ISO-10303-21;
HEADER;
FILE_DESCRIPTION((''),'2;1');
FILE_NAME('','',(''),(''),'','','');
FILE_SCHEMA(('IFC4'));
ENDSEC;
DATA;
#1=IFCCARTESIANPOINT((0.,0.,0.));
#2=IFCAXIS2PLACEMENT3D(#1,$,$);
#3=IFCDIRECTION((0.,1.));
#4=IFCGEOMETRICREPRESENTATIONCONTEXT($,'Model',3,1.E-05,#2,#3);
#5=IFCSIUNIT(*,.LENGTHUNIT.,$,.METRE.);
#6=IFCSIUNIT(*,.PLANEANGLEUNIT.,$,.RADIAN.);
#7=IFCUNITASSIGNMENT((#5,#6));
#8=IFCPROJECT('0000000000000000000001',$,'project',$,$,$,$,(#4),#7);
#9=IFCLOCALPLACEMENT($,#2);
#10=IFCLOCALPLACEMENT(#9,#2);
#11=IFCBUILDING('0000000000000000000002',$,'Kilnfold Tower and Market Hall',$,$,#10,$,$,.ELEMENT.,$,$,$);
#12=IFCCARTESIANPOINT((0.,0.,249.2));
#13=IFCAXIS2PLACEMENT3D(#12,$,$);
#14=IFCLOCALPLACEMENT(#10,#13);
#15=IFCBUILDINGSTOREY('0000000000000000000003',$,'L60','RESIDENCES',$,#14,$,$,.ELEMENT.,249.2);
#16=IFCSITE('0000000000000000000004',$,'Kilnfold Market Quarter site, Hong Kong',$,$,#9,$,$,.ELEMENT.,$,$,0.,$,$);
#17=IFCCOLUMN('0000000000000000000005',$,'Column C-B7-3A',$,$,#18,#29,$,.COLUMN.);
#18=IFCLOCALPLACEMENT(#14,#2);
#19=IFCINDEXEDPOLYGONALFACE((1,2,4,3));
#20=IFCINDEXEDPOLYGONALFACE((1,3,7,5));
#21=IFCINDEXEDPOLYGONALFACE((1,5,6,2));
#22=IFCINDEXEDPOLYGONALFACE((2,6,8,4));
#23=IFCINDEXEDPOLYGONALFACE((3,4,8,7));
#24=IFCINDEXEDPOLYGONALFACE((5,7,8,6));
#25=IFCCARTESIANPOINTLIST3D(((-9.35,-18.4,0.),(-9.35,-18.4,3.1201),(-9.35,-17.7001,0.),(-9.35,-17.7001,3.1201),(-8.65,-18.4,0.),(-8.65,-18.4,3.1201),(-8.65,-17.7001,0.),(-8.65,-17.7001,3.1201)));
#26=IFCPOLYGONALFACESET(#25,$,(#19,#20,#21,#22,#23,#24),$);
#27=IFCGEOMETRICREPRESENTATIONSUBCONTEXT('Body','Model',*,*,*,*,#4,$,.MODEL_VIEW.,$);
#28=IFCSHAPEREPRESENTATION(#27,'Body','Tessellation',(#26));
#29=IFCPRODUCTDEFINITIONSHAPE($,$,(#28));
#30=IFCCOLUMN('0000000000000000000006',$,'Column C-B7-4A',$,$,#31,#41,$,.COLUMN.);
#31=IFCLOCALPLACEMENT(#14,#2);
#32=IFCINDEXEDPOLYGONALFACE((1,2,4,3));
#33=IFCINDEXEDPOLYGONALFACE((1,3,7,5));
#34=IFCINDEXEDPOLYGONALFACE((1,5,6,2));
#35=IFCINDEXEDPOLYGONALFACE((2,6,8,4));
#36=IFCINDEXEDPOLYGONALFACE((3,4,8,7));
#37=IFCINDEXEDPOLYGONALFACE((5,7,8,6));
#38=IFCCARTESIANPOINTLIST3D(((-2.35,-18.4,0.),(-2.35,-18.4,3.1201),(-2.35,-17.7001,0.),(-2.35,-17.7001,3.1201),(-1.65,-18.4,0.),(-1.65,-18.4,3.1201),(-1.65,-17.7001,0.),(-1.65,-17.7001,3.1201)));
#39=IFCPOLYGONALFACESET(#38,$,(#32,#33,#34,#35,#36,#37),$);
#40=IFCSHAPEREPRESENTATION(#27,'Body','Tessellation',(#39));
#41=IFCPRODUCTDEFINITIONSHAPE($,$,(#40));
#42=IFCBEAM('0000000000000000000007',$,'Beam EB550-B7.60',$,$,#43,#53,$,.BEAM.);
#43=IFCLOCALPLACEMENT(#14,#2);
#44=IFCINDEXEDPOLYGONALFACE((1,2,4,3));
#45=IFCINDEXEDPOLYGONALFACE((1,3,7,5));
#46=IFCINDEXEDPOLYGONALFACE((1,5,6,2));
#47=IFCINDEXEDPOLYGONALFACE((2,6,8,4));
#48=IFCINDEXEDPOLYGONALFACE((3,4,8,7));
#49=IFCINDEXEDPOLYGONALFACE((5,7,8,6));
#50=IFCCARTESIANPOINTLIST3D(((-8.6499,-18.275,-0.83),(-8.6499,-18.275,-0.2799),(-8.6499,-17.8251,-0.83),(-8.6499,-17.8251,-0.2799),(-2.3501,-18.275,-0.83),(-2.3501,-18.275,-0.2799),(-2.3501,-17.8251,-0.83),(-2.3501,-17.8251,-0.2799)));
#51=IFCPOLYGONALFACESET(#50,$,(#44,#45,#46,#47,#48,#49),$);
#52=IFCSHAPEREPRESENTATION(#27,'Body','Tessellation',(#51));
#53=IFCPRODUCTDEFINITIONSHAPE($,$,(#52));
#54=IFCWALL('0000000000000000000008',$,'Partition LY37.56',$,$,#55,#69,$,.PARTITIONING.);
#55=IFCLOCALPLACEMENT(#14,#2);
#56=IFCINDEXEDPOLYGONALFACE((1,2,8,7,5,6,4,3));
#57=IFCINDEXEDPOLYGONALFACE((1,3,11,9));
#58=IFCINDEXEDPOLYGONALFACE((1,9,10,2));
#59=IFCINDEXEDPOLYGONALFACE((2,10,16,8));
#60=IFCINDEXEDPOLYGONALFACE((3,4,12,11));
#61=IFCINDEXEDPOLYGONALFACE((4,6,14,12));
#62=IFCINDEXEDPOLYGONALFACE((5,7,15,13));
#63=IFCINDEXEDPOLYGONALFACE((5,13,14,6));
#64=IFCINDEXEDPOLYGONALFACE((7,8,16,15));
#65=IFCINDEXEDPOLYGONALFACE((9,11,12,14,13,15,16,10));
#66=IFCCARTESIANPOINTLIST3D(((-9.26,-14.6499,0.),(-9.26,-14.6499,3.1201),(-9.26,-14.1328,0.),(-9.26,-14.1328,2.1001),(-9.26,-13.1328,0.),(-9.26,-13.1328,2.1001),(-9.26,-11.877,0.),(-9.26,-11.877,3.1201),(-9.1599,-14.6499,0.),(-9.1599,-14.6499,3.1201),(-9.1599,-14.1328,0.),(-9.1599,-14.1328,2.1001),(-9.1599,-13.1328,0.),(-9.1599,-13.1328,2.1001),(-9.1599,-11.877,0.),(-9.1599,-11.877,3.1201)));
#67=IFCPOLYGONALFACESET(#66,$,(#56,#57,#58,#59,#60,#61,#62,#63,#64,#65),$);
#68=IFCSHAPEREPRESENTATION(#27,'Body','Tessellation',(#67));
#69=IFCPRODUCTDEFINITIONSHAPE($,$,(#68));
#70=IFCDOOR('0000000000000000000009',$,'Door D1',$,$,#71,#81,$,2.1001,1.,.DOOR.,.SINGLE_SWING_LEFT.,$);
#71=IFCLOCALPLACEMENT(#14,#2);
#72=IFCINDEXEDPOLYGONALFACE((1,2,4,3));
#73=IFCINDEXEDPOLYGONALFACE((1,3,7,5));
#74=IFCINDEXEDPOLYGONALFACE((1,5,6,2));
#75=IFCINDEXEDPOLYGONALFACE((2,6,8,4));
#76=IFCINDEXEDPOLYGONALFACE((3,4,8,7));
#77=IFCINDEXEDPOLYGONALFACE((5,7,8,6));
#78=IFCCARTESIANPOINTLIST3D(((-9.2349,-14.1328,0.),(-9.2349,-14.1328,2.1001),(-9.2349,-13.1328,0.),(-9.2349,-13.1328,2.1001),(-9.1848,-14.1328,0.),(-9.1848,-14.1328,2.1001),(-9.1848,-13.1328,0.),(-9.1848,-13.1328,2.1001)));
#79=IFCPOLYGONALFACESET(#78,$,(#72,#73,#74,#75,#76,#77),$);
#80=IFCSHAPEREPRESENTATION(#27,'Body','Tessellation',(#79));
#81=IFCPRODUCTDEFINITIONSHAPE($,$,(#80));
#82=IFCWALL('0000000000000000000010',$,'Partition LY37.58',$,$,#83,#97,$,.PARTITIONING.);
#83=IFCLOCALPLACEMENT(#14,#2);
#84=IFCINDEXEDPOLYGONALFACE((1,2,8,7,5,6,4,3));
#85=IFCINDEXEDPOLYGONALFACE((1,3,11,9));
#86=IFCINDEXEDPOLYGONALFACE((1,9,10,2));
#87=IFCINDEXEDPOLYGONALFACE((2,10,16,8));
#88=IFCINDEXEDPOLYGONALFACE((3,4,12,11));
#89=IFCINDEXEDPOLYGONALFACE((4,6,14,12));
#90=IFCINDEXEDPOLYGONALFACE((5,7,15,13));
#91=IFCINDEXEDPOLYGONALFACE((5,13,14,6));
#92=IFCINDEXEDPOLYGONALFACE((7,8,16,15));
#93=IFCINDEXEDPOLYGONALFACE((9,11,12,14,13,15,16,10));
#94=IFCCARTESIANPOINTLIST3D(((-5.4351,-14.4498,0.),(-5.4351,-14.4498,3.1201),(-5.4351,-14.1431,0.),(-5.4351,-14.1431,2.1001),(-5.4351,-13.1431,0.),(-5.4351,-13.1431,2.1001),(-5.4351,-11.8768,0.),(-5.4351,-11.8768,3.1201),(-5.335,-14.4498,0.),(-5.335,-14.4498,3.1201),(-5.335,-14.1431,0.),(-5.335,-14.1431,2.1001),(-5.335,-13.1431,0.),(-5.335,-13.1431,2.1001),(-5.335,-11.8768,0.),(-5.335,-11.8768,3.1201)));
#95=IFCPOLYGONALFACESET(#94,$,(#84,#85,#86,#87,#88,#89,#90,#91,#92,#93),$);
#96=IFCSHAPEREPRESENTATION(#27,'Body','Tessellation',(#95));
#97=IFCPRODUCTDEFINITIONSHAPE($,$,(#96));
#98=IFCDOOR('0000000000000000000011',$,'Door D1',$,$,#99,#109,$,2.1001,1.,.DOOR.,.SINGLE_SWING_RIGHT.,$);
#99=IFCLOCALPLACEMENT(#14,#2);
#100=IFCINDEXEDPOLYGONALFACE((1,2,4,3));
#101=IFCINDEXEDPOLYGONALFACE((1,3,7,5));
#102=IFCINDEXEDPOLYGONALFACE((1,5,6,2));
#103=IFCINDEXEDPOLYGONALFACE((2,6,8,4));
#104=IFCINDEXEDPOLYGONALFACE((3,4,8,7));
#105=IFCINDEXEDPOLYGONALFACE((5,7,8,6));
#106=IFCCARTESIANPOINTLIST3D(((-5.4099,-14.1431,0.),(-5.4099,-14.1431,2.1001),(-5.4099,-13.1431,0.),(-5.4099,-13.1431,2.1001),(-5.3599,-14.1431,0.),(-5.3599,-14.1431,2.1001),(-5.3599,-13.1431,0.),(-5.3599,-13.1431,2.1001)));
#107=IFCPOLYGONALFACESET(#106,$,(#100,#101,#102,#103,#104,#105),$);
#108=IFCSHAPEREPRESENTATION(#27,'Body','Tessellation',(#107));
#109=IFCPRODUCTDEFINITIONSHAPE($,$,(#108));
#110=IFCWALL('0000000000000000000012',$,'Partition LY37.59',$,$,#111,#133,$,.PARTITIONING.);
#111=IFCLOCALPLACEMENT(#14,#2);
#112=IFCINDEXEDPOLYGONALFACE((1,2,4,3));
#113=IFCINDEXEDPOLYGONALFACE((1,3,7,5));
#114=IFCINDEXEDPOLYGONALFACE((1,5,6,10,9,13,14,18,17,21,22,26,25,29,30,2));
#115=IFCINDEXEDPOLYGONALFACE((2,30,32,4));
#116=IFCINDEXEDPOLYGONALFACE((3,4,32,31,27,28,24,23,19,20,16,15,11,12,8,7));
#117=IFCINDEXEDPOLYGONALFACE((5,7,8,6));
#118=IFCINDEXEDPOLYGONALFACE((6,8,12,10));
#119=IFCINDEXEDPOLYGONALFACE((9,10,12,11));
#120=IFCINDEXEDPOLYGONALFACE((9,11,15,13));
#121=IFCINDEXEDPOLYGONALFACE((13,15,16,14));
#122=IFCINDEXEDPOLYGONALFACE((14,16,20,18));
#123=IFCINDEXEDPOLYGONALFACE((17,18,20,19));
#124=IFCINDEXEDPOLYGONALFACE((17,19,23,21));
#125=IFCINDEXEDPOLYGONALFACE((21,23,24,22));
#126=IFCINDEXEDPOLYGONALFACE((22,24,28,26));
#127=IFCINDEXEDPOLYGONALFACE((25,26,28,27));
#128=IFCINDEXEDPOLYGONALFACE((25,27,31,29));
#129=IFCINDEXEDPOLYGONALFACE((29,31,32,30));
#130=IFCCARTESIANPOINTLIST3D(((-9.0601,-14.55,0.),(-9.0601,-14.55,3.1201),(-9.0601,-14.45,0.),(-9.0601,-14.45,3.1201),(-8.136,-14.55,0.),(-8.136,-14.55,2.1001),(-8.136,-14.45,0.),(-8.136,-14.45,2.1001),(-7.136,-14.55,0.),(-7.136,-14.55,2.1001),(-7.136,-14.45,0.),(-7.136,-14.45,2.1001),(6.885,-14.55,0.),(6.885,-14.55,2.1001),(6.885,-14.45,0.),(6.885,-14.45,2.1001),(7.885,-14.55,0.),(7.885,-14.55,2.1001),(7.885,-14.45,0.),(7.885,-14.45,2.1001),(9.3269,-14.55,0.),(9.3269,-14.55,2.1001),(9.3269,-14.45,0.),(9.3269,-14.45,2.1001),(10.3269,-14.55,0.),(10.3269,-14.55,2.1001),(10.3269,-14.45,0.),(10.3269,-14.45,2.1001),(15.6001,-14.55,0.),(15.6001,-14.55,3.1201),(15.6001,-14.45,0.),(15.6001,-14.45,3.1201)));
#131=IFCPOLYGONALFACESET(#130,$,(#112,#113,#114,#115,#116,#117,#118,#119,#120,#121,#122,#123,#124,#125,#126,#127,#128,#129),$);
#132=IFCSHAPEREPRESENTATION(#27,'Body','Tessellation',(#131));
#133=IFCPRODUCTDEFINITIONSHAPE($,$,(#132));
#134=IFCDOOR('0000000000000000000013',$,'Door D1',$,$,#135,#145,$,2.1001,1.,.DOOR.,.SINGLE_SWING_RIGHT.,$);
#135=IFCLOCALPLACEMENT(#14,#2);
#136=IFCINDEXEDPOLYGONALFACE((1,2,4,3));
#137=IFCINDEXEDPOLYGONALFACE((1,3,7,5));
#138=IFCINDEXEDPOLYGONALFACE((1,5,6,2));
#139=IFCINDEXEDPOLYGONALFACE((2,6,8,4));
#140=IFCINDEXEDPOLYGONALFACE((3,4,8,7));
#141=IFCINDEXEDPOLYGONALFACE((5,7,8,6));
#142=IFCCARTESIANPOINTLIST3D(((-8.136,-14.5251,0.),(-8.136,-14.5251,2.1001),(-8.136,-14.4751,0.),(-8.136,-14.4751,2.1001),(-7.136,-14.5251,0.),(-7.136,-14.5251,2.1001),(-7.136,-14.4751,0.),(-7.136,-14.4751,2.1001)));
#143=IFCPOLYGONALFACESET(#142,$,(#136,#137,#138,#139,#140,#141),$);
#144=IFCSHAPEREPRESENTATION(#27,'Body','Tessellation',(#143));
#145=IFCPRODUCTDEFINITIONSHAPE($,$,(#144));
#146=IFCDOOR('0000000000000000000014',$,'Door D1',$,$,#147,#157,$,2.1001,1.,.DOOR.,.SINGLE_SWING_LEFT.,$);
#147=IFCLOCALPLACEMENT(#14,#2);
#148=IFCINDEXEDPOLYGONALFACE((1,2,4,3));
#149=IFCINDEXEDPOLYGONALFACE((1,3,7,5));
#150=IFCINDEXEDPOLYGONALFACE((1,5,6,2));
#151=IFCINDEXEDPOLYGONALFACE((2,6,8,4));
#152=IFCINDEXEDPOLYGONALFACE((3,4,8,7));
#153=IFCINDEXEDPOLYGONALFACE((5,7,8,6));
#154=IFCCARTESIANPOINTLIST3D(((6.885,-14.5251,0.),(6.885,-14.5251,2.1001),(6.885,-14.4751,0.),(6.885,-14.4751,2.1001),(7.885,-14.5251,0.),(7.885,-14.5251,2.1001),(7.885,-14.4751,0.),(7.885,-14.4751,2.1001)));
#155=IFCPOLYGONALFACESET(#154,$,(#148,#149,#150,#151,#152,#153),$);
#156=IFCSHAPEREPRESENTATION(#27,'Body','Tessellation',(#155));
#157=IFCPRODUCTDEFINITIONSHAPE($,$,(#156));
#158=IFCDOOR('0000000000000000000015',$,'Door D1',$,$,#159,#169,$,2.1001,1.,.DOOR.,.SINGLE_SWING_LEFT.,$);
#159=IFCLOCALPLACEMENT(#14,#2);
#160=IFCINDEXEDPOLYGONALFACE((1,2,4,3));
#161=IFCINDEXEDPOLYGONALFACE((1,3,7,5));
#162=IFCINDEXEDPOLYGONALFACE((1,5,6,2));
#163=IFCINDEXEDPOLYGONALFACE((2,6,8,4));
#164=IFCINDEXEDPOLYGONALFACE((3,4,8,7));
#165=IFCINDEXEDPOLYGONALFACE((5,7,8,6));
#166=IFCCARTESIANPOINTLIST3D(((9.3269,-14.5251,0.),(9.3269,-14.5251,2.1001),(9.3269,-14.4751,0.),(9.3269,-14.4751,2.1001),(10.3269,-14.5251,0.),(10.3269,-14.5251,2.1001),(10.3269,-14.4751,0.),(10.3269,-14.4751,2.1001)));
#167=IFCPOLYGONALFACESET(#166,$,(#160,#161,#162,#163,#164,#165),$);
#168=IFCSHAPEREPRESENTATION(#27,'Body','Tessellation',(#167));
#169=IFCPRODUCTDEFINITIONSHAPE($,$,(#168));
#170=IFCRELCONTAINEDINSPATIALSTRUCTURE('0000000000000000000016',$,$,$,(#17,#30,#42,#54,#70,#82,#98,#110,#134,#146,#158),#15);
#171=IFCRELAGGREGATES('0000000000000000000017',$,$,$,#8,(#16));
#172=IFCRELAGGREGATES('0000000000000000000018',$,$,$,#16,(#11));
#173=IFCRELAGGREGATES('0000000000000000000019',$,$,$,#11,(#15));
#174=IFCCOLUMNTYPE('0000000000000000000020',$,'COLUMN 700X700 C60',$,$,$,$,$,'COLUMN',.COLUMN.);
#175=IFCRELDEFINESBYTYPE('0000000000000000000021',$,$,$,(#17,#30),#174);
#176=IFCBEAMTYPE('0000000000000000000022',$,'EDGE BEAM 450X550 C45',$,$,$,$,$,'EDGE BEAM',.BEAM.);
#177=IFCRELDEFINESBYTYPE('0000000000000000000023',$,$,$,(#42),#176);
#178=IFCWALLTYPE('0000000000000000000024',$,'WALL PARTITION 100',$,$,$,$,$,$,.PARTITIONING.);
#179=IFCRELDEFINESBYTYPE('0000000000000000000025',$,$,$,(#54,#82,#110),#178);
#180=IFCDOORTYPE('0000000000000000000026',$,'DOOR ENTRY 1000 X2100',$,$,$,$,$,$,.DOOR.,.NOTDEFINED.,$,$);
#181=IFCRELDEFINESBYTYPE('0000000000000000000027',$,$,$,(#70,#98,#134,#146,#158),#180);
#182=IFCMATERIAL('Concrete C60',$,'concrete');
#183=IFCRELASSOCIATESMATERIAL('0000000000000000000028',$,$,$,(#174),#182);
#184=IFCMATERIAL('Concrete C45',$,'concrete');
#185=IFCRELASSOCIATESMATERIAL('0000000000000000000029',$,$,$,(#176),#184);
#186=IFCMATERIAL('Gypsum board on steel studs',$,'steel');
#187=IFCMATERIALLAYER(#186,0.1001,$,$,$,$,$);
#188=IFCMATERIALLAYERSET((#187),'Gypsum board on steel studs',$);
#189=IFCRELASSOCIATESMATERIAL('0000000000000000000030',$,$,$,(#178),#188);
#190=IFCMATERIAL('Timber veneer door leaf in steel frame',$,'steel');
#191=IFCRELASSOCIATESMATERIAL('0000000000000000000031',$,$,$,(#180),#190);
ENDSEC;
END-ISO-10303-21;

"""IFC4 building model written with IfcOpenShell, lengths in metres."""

from ifc_helpers import new_model, si_unit, direction, frame, frame_2d, origin, origin_2d, place, context, subcontext, project, spatial, rectangle, extrude, source, transform, mapped, material, layer, layer_set, material_profile, profile_set, type_object, element, fill, save


model = new_model("IFC4")

# Units and contexts
model_context = context("Model", 3, precision=1e-05, world=origin(), true_north=direction((0.0, 1.0)))
body_context = subcontext(model_context, "Body", "Model", "MODEL_VIEW")
ifc_project = project(units=[si_unit("LENGTHUNIT", "METRE"), si_unit("PLANEANGLEUNIT", "RADIAN")], contexts=[model_context])

# Site, building, storey
site_placement = place(None, origin())
site = spatial("IfcSite", under=ifc_project, at=site_placement, Name="Kilnfold Market Quarter site, Hong Kong", CompositionType="ELEMENT", RefElevation=0.0)
building_placement = place(site_placement, origin())
building = spatial("IfcBuilding", under=site, at=building_placement, Name="Kilnfold Tower and Market Hall", CompositionType="ELEMENT")
storey_placement = place(building_placement, frame((0.0, 0.0, 249.2)))
storey = spatial("IfcBuildingStorey", under=building, at=storey_placement, Name="L60", Description="RESIDENCES", CompositionType="ELEMENT", Elevation=249.2)

# Columns
ifc_material_1 = material(Name="Concrete C60", Category="concrete")
ifc_material_profile_1 = material_profile(ifc_material_1, rectangle(XDim=0.7, YDim=0.7, at=origin_2d()), Name="RC 700x700")
ifc_profile_set_1 = profile_set([ifc_material_profile_1], Name="Concrete C60")
column_type = type_object("IfcColumnType", Name="COLUMN 700X700 C60", ElementType="COLUMN", PredefinedType="COLUMN", material=ifc_profile_set_1)
shared_shape_1 = source(origin(), body_context, "Body", "SweptSolid", [
    extrude(rectangle(XDim=0.7, YDim=0.7, at=origin_2d()), origin(), (0.0, 0.0, 1.0), 3.1201),
])
for number, where, z_axis, x_axis, name in (
    (1, (-9.0, -18.05, 0.0), (0.0, 0.0, 1.0), (1.0, 0.0, 0.0), "Column C-B7-3A"),
    (2, (-2.0, -18.05, 0.0), (0.0, 0.0, 1.0), (1.0, 0.0, 0.0), "Column C-B7-4A"),
):
    element("IfcColumn", number, at=place(storey_placement, frame(where, z_axis=z_axis, x_axis=x_axis)), inside=storey, type_object=column_type, Name=name, PredefinedType="COLUMN", context=body_context, shape_type="MappedRepresentation", body=[
        mapped(shared_shape_1, transform((0.0, 0.0, 0.0))),
    ])

# Beam
ifc_material_2 = material(Name="Concrete C45", Category="concrete")
ifc_material_profile_2 = material_profile(ifc_material_2, rectangle(XDim=0.45, YDim=0.55, at=origin_2d()), Name="RC 450x550")
ifc_profile_set_2 = profile_set([ifc_material_profile_2], Name="Concrete C45")
beam_type = type_object("IfcBeamType", Name="EDGE BEAM 450X550 C45", ElementType="EDGE BEAM", PredefinedType="BEAM", material=ifc_profile_set_2)
shared_shape_2 = source(origin(), body_context, "Body", "SweptSolid", [
    extrude(rectangle(XDim=0.45, YDim=0.55, at=origin_2d()), origin(), (0.0, 0.0, 1.0), 6.2998),
])
beam_placement = place(storey_placement, frame((-8.6499, -18.05, -0.5549), z_axis=(1.0, 0.0, 0.0), x_axis=(0.0, 1.0, 0.0)))
element("IfcBeam", 3, at=beam_placement, inside=storey, type_object=beam_type, Name="Beam EB550-B7.60", PredefinedType="BEAM", context=body_context, shape_type="MappedRepresentation", body=[
    mapped(shared_shape_2, transform((0.0, 0.0, 0.0))),
])

# Walls, openings, doors
ifc_material_3 = material(Name="Gypsum board on steel studs", Category="steel")
ifc_layer_1 = layer(ifc_material_3, 0.1001)
ifc_layer_set_1 = layer_set([ifc_layer_1], Name="Gypsum board on steel studs")
wall_type_1 = type_object("IfcWallType", Name="WALL PARTITION 100", PredefinedType="PARTITIONING", material=ifc_layer_set_1)
wall_1_placement = place(storey_placement, frame((-9.21, -14.6499, 0.0), z_axis=(0.0, 0.0, 1.0), x_axis=(0.0, 1.0, 0.0)))
wall_1 = element("IfcWall", 4, at=wall_1_placement, inside=storey, type_object=wall_type_1, Name="Partition LY37.56", PredefinedType="PARTITIONING", context=body_context, shape_type="SweptSolid", body=[
    extrude(rectangle(XDim=2.7729, YDim=0.1001, at=frame_2d((1.3865, 0.0))), origin(), (0.0, 0.0, 1.0), 3.1201),
])
opening_1_placement = place(wall_1_placement, frame((0.5171, 0.0, 0.0)))
opening_1 = element("IfcOpeningElement", 5, at=opening_1_placement, cuts=wall_1, PredefinedType="OPENING", context=body_context, shape_type="SweptSolid", body=[
    extrude(rectangle(XDim=1.0, YDim=2.1001, at=frame_2d((0.5, 1.05))), frame((0.0, 0.0601, 0.0), z_axis=(0.0, -1.0, 0.0), x_axis=(1.0, 0.0, 0.0)), (0.0, 0.0, 1.0), 0.1201),
])
ifc_material_4 = material(Name="Timber veneer door leaf in steel frame", Category="steel")
door_type = type_object("IfcDoorType", Name="DOOR ENTRY 1000 X2100", OperationType="NOTDEFINED", PredefinedType="DOOR", material=ifc_material_4)
door_1_placement = place(opening_1_placement, origin())
door_1 = element("IfcDoor", 6, at=door_1_placement, inside=storey, type_object=door_type, Name="Door D1", OperationType="SINGLE_SWING_LEFT", OverallHeight=2.1001, OverallWidth=1.0, PredefinedType="DOOR", context=body_context, shape_type="SweptSolid", body=[
    extrude(rectangle(XDim=1.0, YDim=2.1001, at=frame_2d((0.5, 1.05))), frame((0.0, 0.0249, 0.0), z_axis=(0.0, -1.0, 0.0), x_axis=(1.0, 0.0, 0.0)), (0.0, 0.0, 1.0), 0.05),
])
fill(opening_1, door_1)
wall_2_placement = place(storey_placement, frame((-5.385, -14.45, 0.0), z_axis=(0.0, 0.0, 1.0), x_axis=(0.0, 1.0, 0.0)))
wall_2 = element("IfcWall", 7, at=wall_2_placement, inside=storey, type_object=wall_type_1, Name="Partition LY37.58", PredefinedType="PARTITIONING", context=body_context, shape_type="SweptSolid", body=[
    extrude(rectangle(XDim=2.573, YDim=0.1001, at=frame_2d((1.2866, 0.0))), origin(), (0.0, 0.0, 1.0), 3.1201),
])
opening_2_placement = place(wall_2_placement, frame((0.3069, 0.0, 0.0)))
opening_2 = element("IfcOpeningElement", 8, at=opening_2_placement, cuts=wall_2, PredefinedType="OPENING", context=body_context, shape_type="SweptSolid", body=[
    extrude(rectangle(XDim=1.0, YDim=2.1001, at=frame_2d((0.5, 1.05))), frame((0.0, 0.0601, 0.0), z_axis=(0.0, -1.0, 0.0), x_axis=(1.0, 0.0, 0.0)), (0.0, 0.0, 1.0), 0.1201),
])
door_2_placement = place(opening_2_placement, origin())
door_2 = element("IfcDoor", 9, at=door_2_placement, inside=storey, type_object=door_type, Name="Door D1", OperationType="SINGLE_SWING_RIGHT", OverallHeight=2.1001, OverallWidth=1.0, PredefinedType="DOOR", context=body_context, shape_type="SweptSolid", body=[
    extrude(rectangle(XDim=1.0, YDim=2.1001, at=frame_2d((0.5, 1.05))), frame((0.0, 0.0249, 0.0), z_axis=(0.0, -1.0, 0.0), x_axis=(1.0, 0.0, 0.0)), (0.0, 0.0, 1.0), 0.05),
])
fill(opening_2, door_2)

# Wall, openings, doors
wall_3_placement = place(storey_placement, frame((-9.0601, -14.5, 0.0), z_axis=(0.0, 0.0, 1.0), x_axis=(1.0, 0.0, 0.0)))
wall_3 = element("IfcWall", 10, at=wall_3_placement, inside=storey, type_object=wall_type_1, Name="Partition LY37.59", PredefinedType="PARTITIONING", context=body_context, shape_type="SweptSolid", body=[
    extrude(rectangle(XDim=24.6602, YDim=0.1001, at=frame_2d((12.3301, 0.0))), origin(), (0.0, 0.0, 1.0), 3.1201),
])
opening_3_placement = place(wall_3_placement, frame((0.9241, 0.0, 0.0)))
opening_3 = element("IfcOpeningElement", 11, at=opening_3_placement, cuts=wall_3, PredefinedType="OPENING", context=body_context, shape_type="SweptSolid", body=[
    extrude(rectangle(XDim=1.0, YDim=2.1001, at=frame_2d((0.5, 1.05))), frame((0.0, 0.0601, 0.0), z_axis=(0.0, -1.0, 0.0), x_axis=(1.0, 0.0, 0.0)), (0.0, 0.0, 1.0), 0.1201),
])
opening_4_placement = place(wall_3_placement, frame((15.9451, 0.0, 0.0)))
opening_4 = element("IfcOpeningElement", 12, at=opening_4_placement, cuts=wall_3, PredefinedType="OPENING", context=body_context, shape_type="SweptSolid", body=[
    extrude(rectangle(XDim=1.0, YDim=2.1001, at=frame_2d((0.5, 1.05))), frame((0.0, 0.0601, 0.0), z_axis=(0.0, -1.0, 0.0), x_axis=(1.0, 0.0, 0.0)), (0.0, 0.0, 1.0), 0.1201),
])
opening_5_placement = place(wall_3_placement, frame((18.387, 0.0, 0.0)))
opening_5 = element("IfcOpeningElement", 13, at=opening_5_placement, cuts=wall_3, PredefinedType="OPENING", context=body_context, shape_type="SweptSolid", body=[
    extrude(rectangle(XDim=1.0, YDim=2.1001, at=frame_2d((0.5, 1.05))), frame((0.0, 0.0601, 0.0), z_axis=(0.0, -1.0, 0.0), x_axis=(1.0, 0.0, 0.0)), (0.0, 0.0, 1.0), 0.1201),
])
door_3_placement = place(opening_3_placement, origin())
door_3 = element("IfcDoor", 14, at=door_3_placement, inside=storey, type_object=door_type, Name="Door D1", OperationType="SINGLE_SWING_RIGHT", OverallHeight=2.1001, OverallWidth=1.0, PredefinedType="DOOR", context=body_context, shape_type="SweptSolid", body=[
    extrude(rectangle(XDim=1.0, YDim=2.1001, at=frame_2d((0.5, 1.05))), frame((0.0, 0.0249, 0.0), z_axis=(0.0, -1.0, 0.0), x_axis=(1.0, 0.0, 0.0)), (0.0, 0.0, 1.0), 0.05),
])
fill(opening_3, door_3)
door_4_placement = place(opening_4_placement, origin())
door_4 = element("IfcDoor", 15, at=door_4_placement, inside=storey, type_object=door_type, Name="Door D1", OperationType="SINGLE_SWING_LEFT", OverallHeight=2.1001, OverallWidth=1.0, PredefinedType="DOOR", context=body_context, shape_type="SweptSolid", body=[
    extrude(rectangle(XDim=1.0, YDim=2.1001, at=frame_2d((0.5, 1.05))), frame((0.0, 0.0249, 0.0), z_axis=(0.0, -1.0, 0.0), x_axis=(1.0, 0.0, 0.0)), (0.0, 0.0, 1.0), 0.05),
])
fill(opening_4, door_4)
door_5_placement = place(opening_5_placement, origin())
door_5 = element("IfcDoor", 16, at=door_5_placement, inside=storey, type_object=door_type, Name="Door D1", OperationType="SINGLE_SWING_LEFT", OverallHeight=2.1001, OverallWidth=1.0, PredefinedType="DOOR", context=body_context, shape_type="SweptSolid", body=[
    extrude(rectangle(XDim=1.0, YDim=2.1001, at=frame_2d((0.5, 1.05))), frame((0.0, 0.0249, 0.0), z_axis=(0.0, -1.0, 0.0), x_axis=(1.0, 0.0, 0.0)), (0.0, 0.0, 1.0), 0.05),
])
fill(opening_5, door_5)

save(model, "model.ifc")
